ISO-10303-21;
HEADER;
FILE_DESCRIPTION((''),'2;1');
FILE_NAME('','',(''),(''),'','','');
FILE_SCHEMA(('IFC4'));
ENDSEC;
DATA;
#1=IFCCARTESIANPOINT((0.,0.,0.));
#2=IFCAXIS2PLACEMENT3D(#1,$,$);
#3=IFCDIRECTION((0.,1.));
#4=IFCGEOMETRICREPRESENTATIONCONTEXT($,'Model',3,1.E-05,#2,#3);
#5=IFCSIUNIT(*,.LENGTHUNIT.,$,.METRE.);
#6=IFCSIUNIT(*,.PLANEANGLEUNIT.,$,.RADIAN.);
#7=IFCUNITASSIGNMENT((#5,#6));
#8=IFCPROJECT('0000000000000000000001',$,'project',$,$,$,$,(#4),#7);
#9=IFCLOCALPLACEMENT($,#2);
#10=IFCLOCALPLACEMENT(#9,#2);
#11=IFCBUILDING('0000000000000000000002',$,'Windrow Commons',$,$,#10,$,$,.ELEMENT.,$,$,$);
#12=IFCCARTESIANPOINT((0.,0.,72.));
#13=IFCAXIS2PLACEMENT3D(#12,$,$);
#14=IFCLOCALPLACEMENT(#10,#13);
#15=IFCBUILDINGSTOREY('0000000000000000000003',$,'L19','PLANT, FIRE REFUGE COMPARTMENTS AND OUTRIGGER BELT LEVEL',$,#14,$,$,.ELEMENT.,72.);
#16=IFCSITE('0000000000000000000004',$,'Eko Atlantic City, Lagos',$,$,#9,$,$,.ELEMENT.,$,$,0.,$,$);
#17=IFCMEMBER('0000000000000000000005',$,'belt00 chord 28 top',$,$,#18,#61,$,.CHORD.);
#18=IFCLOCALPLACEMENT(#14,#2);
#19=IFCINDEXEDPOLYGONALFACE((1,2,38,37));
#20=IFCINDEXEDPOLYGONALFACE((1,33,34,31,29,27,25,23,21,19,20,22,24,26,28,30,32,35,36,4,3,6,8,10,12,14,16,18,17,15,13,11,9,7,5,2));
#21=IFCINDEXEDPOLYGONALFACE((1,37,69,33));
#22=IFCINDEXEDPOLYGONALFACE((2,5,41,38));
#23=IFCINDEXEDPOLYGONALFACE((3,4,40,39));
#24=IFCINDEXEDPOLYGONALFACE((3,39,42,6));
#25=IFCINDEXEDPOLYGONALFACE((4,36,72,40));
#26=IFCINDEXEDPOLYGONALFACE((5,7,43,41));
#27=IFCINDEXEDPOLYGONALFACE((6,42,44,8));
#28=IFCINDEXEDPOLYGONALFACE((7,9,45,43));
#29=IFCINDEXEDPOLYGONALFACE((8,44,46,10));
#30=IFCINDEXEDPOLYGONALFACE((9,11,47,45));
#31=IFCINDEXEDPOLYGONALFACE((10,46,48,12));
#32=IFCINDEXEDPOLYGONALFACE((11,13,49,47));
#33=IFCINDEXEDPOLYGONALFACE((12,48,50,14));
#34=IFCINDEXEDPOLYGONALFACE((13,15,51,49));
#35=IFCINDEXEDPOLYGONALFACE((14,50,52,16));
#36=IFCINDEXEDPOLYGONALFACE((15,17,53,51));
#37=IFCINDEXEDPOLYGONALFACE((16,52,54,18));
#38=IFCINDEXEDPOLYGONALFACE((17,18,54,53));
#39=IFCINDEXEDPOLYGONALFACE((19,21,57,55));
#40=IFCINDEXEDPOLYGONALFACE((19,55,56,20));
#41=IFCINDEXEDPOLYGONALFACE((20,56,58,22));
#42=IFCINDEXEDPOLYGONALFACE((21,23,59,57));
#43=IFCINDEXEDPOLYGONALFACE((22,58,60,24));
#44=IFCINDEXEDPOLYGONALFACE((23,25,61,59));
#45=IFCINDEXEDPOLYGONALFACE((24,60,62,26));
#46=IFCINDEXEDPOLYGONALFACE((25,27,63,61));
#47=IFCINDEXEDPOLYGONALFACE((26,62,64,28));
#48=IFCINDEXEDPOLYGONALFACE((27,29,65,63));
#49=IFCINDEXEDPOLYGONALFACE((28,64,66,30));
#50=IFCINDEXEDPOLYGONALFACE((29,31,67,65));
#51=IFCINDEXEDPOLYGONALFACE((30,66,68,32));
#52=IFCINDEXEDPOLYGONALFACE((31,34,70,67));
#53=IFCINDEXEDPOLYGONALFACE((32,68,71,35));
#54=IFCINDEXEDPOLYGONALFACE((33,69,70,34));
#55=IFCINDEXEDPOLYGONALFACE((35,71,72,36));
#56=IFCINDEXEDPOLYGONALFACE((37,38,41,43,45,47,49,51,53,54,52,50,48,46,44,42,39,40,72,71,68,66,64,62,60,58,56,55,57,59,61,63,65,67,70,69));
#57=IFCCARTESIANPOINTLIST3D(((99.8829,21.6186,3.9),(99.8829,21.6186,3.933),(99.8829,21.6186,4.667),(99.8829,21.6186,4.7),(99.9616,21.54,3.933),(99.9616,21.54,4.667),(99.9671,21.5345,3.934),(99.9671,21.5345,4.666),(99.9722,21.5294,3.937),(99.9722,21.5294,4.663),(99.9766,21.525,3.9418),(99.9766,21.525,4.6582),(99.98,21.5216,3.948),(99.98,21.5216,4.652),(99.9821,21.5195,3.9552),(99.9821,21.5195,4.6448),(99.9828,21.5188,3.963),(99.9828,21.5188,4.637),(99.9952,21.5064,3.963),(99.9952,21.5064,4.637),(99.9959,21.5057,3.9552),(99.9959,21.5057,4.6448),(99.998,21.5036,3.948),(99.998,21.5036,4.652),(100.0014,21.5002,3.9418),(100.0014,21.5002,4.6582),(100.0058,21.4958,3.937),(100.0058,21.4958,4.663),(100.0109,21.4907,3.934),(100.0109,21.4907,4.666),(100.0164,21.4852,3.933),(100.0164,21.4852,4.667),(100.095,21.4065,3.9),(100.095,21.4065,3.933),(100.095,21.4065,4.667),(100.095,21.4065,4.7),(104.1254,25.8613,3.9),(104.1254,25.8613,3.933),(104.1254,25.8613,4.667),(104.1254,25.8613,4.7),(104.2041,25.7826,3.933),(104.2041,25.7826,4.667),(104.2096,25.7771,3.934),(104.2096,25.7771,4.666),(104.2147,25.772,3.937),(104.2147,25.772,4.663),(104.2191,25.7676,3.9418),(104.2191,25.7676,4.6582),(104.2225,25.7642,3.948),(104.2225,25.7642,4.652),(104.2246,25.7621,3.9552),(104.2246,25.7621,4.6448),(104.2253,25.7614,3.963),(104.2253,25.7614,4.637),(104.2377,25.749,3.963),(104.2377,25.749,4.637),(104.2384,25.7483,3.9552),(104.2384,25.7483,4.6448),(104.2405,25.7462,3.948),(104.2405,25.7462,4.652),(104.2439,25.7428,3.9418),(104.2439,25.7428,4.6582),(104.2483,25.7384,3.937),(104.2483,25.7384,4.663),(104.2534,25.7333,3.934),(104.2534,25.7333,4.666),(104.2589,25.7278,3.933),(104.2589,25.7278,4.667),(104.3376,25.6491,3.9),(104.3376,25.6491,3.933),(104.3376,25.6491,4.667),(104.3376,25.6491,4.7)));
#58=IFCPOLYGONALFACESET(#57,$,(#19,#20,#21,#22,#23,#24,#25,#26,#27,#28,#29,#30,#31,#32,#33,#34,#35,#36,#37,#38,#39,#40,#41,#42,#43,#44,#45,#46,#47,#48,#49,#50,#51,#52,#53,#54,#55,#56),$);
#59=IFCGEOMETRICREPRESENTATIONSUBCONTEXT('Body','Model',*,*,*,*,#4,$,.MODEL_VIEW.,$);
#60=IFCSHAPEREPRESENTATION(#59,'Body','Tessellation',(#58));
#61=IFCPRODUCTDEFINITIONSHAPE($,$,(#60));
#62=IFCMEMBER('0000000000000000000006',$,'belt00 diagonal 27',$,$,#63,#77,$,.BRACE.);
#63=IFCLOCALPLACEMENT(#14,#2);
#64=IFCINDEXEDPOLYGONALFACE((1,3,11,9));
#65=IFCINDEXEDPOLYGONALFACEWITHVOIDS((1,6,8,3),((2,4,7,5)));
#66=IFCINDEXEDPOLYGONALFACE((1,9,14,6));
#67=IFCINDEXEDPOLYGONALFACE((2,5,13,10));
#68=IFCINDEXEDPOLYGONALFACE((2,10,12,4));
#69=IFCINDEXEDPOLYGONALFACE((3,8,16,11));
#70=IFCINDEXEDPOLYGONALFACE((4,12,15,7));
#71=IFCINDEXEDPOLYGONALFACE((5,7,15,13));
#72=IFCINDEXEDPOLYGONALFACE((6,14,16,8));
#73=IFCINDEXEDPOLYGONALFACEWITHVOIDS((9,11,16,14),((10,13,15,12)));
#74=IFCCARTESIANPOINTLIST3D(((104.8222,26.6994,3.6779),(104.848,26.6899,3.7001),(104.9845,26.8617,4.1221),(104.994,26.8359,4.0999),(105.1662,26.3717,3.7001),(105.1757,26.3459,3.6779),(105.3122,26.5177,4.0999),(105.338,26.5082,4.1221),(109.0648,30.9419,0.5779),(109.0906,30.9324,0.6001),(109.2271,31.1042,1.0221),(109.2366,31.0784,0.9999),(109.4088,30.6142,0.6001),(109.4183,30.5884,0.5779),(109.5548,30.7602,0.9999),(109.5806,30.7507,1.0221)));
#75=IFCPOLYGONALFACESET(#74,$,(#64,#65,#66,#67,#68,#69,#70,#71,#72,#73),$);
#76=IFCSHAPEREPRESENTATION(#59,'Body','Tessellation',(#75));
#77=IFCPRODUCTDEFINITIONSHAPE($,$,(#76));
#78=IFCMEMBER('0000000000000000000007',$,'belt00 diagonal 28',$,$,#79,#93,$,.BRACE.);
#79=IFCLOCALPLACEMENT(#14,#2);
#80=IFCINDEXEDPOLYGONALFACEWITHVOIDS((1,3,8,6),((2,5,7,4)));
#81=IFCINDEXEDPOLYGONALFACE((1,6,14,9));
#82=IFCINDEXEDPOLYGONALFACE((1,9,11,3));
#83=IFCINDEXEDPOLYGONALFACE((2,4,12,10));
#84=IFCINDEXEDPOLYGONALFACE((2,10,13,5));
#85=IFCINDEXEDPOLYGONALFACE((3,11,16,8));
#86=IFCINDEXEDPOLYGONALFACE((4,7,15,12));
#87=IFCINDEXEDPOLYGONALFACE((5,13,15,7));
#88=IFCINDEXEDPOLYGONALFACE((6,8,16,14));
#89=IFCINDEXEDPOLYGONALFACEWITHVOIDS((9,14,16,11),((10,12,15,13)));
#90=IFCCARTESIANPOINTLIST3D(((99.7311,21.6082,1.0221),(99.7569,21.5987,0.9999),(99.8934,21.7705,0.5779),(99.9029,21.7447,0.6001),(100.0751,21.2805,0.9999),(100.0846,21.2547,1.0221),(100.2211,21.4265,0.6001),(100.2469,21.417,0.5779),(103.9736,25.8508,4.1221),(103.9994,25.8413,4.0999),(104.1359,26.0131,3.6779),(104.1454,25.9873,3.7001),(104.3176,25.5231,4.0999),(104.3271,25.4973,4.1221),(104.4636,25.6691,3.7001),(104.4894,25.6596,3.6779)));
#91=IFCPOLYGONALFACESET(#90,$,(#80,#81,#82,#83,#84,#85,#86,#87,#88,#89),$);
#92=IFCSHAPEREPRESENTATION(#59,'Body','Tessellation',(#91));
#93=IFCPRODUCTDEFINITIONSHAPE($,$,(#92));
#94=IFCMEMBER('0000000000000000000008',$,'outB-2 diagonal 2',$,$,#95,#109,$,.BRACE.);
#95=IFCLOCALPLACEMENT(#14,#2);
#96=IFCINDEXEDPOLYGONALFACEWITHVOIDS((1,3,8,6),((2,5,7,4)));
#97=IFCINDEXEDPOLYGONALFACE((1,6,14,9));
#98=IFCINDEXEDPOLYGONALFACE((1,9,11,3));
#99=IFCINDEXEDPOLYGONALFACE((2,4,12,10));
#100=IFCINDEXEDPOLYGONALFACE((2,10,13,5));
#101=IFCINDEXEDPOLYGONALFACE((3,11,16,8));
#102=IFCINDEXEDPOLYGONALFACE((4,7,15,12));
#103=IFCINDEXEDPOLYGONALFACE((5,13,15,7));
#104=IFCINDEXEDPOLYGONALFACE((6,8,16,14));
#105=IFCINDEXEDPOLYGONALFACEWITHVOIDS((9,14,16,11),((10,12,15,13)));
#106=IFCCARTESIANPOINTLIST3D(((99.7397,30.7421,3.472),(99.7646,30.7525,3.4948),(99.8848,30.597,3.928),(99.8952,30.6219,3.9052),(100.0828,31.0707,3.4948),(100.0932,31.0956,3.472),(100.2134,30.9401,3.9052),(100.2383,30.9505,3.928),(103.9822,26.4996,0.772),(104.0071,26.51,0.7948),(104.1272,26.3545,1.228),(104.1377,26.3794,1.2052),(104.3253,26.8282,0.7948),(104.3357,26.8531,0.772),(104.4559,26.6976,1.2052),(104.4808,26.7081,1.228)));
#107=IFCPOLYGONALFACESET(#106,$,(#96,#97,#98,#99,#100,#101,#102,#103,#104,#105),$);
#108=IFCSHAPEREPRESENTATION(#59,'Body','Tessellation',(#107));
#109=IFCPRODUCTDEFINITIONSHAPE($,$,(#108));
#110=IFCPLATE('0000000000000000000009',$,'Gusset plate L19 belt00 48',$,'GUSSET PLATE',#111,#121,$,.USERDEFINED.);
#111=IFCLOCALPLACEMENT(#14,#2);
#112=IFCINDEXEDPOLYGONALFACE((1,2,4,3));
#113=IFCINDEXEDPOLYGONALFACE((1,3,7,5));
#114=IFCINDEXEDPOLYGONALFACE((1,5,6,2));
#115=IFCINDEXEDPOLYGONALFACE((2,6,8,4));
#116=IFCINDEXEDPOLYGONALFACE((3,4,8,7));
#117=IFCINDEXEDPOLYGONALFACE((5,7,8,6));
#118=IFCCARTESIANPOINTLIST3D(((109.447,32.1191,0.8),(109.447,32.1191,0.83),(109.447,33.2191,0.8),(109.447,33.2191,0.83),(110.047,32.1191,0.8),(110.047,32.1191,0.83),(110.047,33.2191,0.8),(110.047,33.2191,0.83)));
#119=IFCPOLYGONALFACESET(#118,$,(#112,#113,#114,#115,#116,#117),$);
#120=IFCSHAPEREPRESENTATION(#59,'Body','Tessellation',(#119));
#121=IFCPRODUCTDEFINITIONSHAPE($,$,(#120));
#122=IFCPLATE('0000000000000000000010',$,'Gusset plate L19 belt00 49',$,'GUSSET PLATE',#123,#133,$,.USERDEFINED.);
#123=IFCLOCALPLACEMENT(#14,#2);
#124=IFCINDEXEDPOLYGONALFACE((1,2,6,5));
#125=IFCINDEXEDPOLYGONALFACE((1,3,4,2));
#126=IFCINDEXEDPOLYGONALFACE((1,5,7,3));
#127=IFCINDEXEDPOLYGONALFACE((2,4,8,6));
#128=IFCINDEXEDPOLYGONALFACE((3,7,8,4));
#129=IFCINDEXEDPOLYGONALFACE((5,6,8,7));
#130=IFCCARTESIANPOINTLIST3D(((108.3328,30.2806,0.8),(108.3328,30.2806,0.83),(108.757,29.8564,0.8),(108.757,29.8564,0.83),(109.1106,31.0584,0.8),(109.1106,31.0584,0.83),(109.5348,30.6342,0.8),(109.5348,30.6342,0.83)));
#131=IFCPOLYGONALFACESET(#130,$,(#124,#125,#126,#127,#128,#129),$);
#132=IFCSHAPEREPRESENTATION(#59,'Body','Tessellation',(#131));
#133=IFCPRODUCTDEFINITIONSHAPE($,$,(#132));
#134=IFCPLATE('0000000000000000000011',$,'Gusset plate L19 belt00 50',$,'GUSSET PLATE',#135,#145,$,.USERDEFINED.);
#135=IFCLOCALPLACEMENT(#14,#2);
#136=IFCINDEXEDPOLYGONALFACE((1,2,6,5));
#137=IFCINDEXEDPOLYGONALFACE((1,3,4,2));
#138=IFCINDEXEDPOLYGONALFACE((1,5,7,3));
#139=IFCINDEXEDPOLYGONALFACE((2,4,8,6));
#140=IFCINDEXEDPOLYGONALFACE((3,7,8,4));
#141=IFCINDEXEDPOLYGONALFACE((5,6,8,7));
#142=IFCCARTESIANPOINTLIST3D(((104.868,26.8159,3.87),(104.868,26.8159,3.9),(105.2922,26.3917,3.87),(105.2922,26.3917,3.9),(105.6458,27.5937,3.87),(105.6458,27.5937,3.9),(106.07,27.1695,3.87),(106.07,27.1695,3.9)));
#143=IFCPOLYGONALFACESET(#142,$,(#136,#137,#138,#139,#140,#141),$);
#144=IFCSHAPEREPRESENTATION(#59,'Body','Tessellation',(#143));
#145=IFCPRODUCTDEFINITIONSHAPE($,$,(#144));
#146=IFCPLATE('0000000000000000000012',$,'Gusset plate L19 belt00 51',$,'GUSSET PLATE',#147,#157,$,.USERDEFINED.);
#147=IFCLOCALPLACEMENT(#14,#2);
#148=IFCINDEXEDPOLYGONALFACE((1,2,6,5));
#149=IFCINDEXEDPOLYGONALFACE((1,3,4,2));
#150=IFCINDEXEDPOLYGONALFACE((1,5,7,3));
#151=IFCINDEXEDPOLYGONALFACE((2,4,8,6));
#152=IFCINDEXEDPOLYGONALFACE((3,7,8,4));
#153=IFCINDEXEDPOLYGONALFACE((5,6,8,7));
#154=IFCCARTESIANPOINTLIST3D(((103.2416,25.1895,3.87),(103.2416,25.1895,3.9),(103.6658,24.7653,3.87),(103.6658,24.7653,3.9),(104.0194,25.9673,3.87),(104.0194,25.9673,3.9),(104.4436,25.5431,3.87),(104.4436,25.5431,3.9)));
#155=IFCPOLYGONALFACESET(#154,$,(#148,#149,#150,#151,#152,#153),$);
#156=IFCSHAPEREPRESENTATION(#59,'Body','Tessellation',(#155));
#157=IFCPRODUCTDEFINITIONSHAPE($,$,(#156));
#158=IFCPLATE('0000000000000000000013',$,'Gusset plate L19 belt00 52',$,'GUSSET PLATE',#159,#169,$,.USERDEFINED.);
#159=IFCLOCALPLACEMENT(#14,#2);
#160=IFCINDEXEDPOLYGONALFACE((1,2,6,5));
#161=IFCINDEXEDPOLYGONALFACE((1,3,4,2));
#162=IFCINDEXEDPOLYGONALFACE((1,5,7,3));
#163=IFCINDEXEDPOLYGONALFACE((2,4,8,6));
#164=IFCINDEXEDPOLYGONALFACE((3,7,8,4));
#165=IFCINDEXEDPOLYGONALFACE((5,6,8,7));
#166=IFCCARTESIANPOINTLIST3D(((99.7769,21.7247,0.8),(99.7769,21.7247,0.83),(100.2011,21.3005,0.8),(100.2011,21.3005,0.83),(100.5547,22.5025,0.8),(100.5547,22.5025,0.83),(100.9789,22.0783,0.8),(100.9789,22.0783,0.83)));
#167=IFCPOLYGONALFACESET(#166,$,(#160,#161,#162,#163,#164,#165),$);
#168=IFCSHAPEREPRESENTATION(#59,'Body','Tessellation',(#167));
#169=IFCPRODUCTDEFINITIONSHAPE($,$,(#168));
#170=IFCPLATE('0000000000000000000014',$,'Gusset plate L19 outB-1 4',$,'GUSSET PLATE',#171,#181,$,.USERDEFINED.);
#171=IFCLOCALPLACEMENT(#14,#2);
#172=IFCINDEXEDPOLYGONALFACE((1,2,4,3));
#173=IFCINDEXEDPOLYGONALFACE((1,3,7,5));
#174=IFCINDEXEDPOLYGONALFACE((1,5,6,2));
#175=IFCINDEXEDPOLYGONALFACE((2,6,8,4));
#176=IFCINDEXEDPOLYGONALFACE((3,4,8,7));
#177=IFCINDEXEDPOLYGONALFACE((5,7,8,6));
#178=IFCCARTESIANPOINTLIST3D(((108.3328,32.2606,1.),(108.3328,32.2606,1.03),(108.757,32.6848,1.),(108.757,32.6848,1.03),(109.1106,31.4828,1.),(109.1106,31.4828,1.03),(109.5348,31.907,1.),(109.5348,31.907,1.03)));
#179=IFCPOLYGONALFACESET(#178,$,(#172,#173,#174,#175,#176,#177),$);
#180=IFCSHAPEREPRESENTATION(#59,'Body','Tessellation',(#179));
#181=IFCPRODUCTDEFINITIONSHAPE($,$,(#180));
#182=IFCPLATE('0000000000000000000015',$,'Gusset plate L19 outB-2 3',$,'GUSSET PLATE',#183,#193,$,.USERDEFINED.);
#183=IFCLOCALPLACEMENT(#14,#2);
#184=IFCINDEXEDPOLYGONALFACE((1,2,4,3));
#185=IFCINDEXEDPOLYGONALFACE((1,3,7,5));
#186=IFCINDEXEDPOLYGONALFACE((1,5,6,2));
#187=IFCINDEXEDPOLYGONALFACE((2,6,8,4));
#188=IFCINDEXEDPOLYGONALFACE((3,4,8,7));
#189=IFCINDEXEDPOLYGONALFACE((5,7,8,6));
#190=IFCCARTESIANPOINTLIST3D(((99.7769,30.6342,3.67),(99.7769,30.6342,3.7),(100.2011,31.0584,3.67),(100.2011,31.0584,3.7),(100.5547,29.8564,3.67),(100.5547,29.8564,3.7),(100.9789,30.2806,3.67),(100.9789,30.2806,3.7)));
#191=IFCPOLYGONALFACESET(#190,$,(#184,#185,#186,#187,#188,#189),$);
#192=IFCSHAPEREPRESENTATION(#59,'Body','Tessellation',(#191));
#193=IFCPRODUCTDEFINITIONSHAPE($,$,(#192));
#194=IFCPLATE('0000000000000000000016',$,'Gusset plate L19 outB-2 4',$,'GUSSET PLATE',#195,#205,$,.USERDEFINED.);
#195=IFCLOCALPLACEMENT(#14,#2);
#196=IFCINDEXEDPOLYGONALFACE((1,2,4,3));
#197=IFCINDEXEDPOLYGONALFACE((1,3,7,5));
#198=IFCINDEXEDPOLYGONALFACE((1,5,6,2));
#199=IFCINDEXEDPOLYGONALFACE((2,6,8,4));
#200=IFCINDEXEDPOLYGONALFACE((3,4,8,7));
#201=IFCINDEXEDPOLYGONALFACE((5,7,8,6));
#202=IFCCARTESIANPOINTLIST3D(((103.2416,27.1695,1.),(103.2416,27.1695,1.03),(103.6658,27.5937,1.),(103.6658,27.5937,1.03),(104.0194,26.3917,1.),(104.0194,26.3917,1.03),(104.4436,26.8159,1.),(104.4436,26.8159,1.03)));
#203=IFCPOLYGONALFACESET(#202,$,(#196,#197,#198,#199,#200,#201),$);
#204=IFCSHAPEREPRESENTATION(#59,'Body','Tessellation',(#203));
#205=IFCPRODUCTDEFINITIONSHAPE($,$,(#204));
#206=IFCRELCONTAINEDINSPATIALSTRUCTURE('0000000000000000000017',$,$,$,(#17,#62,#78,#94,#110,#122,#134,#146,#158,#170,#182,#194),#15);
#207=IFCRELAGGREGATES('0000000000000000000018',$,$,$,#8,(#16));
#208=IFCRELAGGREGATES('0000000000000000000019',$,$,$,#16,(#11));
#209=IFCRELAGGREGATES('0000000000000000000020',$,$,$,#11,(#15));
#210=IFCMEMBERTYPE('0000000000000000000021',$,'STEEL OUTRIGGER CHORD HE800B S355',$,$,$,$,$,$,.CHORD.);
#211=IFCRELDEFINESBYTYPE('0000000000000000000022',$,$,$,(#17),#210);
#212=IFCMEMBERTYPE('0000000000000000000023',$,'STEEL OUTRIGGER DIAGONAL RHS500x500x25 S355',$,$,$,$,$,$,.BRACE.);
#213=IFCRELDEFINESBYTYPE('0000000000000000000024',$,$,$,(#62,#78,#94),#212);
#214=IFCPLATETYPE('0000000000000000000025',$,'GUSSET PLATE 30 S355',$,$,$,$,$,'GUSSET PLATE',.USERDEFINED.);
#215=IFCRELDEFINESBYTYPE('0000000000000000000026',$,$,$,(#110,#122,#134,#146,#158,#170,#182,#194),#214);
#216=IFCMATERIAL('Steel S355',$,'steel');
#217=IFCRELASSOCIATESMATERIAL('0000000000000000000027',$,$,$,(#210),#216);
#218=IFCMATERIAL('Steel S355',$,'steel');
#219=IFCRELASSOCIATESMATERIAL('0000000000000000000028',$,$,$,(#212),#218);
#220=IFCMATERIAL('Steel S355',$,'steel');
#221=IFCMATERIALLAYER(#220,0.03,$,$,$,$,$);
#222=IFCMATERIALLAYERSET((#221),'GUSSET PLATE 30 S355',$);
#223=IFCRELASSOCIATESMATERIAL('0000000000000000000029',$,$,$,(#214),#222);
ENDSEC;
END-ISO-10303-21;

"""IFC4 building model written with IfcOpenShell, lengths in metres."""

from ifc_helpers import new_model, si_unit, direction, frame, origin, origin_2d, place, context, subcontext, project, spatial, rectangle, hollow_rectangle, i_section, extrude, material, layer, layer_set, material_profile, profile_set, type_object, element, save


model = new_model("IFC4")

# Units and contexts
model_context = context("Model", 3, precision=1e-05, world=origin(), true_north=direction((0.0, 1.0)))
body_context = subcontext(model_context, "Body", "Model", "MODEL_VIEW")
ifc_project = project(units=[si_unit("LENGTHUNIT", "METRE"), si_unit("PLANEANGLEUNIT", "RADIAN")], contexts=[model_context])

# Site, building, storey
site_placement = place(None, origin())
site = spatial("IfcSite", under=ifc_project, at=site_placement, Name="Eko Atlantic City, Lagos", CompositionType="ELEMENT", RefElevation=0.0)
building_placement = place(site_placement, origin())
building = spatial("IfcBuilding", under=site, at=building_placement, Name="Windrow Commons", CompositionType="ELEMENT")
storey_placement = place(building_placement, frame((0.0, 0.0, 72.0)))
storey = spatial("IfcBuildingStorey", under=building, at=storey_placement, Name="L19", Description="PLANT, FIRE REFUGE COMPARTMENTS AND OUTRIGGER BELT LEVEL", CompositionType="ELEMENT", Elevation=72.0)

# Members
ifc_material_1 = material(Name="Steel S355", Category="steel")
ifc_material_profile_1 = material_profile(ifc_material_1, i_section(OverallWidth=0.3, OverallDepth=0.8, WebThickness=0.0175, FlangeThickness=0.033, FilletRadius=0.03, at=origin_2d()))
ifc_profile_set_1 = profile_set([ifc_material_profile_1], Name="Steel S355")
member_type_1 = type_object("IfcMemberType", Name="STEEL OUTRIGGER CHORD HE800B S355", PredefinedType="CHORD", material=ifc_profile_set_1)
for number, where, z_axis, x_axis, name in (
    (1, (104.2315, 25.7552, 4.3), (-0.707098, -0.707115, 0.0), (0.707115, -0.707098, 0.0), "belt00 chord 28 top"),
):
    element("IfcMember", number, at=place(storey_placement, frame(where, z_axis=z_axis, x_axis=x_axis)), inside=storey, type_object=member_type_1, Name=name, PredefinedType="CHORD", context=body_context, shape_type="SweptSolid", body=[
        extrude(i_section(OverallWidth=0.3, OverallDepth=0.8, WebThickness=0.0175, FlangeThickness=0.033, FilletRadius=0.03, at=origin_2d()), origin(), (0.0, 0.0, 1.0), 5.9999),
    ])
ifc_material_2 = material(Name="Steel S355", Category="steel")
ifc_material_profile_2 = material_profile(ifc_material_2, hollow_rectangle(XDim=0.5, YDim=0.5, WallThickness=0.025, at=origin_2d()))
ifc_profile_set_2 = profile_set([ifc_material_profile_2], Name="Steel S355")
member_type_2 = type_object("IfcMemberType", Name="STEEL OUTRIGGER DIAGONAL RHS500x500x25 S355", PredefinedType="BRACE", material=ifc_profile_set_2)
for number, where, z_axis, x_axis, name in (
    (2, (109.3227, 30.8463, 0.8), (-0.628217, -0.628202, 0.459028), (0.707098, -0.707115, 0.0), "belt00 diagonal 27"),
    (3, (104.2315, 25.7552, 3.9), (-0.628202, -0.628217, -0.459028), (0.707115, -0.707098, 0.0), "belt00 diagonal 28"),
):
    element("IfcMember", number, at=place(storey_placement, frame(where, z_axis=z_axis, x_axis=x_axis)), inside=storey, type_object=member_type_2, Name=name, PredefinedType="BRACE", context=body_context, shape_type="SweptSolid", body=[
        extrude(hollow_rectangle(XDim=0.5, YDim=0.5, WallThickness=0.025, at=origin_2d()), origin(), (0.0, 0.0, 1.0), 6.7534),
    ])
member_placement = place(storey_placement, frame((99.989, 30.8463, 3.7), z_axis=(0.644822, -0.644822, -0.410376), x_axis=(0.707107, 0.707107, 0.0)))
element("IfcMember", 4, at=member_placement, inside=storey, type_object=member_type_2, Name="outB-2 diagonal 2", PredefinedType="BRACE", context=body_context, shape_type="SweptSolid", body=[
    extrude(hollow_rectangle(XDim=0.5, YDim=0.5, WallThickness=0.025, at=origin_2d()), origin(), (0.0, 0.0, 1.0), 6.5793),
])

# Plates
ifc_material_3 = material(Name="Steel S355", Category="steel")
ifc_layer_1 = layer(ifc_material_3, 0.03)
ifc_layer_set_1 = layer_set([ifc_layer_1], Name="GUSSET PLATE 30 S355")
plate_type = type_object("IfcPlateType", Name="GUSSET PLATE 30 S355", ElementType="GUSSET PLATE", PredefinedType="USERDEFINED", material=ifc_layer_set_1)
for number, where, z_axis, x_axis, name in (
    (5, (109.747, 32.6691, 0.8), (0.0, 0.0, 1.0), (0.0, -1.0, 0.0), "Gusset plate L19 belt00 48"),
    (6, (108.9338, 30.4574, 0.8), (0.0, 0.0, 1.0), (-0.707114, -0.707099, 0.0), "Gusset plate L19 belt00 49"),
    (7, (105.469, 26.9927, 3.87), (0.0, 0.0, 1.0), (-0.707114, -0.707099, 0.0), "Gusset plate L19 belt00 50"),
    (8, (103.8426, 25.3663, 3.87), (0.0, 0.0, 1.0), (-0.707099, -0.707114, 0.0), "Gusset plate L19 belt00 51"),
    (9, (100.3779, 21.9015, 0.8), (0.0, 0.0, 1.0), (-0.707099, -0.707114, 0.0), "Gusset plate L19 belt00 52"),
    (10, (108.9338, 32.0838, 1.0), (0.0, 0.0, 1.0), (0.707107, -0.707107, 0.0), "Gusset plate L19 outB-1 4"),
    (11, (100.3779, 30.4574, 3.67), (0.0, 0.0, 1.0), (0.707107, -0.707107, 0.0), "Gusset plate L19 outB-2 3"),
    (12, (103.8426, 26.9927, 1.0), (0.0, 0.0, 1.0), (0.707107, -0.707107, 0.0), "Gusset plate L19 outB-2 4"),
):
    element("IfcPlate", number, at=place(storey_placement, frame(where, z_axis=z_axis, x_axis=x_axis)), inside=storey, type_object=plate_type, Name=name, ObjectType="GUSSET PLATE", PredefinedType="USERDEFINED", context=body_context, shape_type="SweptSolid", body=[
        extrude(rectangle(XDim=1.1, YDim=0.6, at=origin_2d()), origin(), (0.0, 0.0, 1.0), 0.03),
    ])

save(model, "model.ifc")
